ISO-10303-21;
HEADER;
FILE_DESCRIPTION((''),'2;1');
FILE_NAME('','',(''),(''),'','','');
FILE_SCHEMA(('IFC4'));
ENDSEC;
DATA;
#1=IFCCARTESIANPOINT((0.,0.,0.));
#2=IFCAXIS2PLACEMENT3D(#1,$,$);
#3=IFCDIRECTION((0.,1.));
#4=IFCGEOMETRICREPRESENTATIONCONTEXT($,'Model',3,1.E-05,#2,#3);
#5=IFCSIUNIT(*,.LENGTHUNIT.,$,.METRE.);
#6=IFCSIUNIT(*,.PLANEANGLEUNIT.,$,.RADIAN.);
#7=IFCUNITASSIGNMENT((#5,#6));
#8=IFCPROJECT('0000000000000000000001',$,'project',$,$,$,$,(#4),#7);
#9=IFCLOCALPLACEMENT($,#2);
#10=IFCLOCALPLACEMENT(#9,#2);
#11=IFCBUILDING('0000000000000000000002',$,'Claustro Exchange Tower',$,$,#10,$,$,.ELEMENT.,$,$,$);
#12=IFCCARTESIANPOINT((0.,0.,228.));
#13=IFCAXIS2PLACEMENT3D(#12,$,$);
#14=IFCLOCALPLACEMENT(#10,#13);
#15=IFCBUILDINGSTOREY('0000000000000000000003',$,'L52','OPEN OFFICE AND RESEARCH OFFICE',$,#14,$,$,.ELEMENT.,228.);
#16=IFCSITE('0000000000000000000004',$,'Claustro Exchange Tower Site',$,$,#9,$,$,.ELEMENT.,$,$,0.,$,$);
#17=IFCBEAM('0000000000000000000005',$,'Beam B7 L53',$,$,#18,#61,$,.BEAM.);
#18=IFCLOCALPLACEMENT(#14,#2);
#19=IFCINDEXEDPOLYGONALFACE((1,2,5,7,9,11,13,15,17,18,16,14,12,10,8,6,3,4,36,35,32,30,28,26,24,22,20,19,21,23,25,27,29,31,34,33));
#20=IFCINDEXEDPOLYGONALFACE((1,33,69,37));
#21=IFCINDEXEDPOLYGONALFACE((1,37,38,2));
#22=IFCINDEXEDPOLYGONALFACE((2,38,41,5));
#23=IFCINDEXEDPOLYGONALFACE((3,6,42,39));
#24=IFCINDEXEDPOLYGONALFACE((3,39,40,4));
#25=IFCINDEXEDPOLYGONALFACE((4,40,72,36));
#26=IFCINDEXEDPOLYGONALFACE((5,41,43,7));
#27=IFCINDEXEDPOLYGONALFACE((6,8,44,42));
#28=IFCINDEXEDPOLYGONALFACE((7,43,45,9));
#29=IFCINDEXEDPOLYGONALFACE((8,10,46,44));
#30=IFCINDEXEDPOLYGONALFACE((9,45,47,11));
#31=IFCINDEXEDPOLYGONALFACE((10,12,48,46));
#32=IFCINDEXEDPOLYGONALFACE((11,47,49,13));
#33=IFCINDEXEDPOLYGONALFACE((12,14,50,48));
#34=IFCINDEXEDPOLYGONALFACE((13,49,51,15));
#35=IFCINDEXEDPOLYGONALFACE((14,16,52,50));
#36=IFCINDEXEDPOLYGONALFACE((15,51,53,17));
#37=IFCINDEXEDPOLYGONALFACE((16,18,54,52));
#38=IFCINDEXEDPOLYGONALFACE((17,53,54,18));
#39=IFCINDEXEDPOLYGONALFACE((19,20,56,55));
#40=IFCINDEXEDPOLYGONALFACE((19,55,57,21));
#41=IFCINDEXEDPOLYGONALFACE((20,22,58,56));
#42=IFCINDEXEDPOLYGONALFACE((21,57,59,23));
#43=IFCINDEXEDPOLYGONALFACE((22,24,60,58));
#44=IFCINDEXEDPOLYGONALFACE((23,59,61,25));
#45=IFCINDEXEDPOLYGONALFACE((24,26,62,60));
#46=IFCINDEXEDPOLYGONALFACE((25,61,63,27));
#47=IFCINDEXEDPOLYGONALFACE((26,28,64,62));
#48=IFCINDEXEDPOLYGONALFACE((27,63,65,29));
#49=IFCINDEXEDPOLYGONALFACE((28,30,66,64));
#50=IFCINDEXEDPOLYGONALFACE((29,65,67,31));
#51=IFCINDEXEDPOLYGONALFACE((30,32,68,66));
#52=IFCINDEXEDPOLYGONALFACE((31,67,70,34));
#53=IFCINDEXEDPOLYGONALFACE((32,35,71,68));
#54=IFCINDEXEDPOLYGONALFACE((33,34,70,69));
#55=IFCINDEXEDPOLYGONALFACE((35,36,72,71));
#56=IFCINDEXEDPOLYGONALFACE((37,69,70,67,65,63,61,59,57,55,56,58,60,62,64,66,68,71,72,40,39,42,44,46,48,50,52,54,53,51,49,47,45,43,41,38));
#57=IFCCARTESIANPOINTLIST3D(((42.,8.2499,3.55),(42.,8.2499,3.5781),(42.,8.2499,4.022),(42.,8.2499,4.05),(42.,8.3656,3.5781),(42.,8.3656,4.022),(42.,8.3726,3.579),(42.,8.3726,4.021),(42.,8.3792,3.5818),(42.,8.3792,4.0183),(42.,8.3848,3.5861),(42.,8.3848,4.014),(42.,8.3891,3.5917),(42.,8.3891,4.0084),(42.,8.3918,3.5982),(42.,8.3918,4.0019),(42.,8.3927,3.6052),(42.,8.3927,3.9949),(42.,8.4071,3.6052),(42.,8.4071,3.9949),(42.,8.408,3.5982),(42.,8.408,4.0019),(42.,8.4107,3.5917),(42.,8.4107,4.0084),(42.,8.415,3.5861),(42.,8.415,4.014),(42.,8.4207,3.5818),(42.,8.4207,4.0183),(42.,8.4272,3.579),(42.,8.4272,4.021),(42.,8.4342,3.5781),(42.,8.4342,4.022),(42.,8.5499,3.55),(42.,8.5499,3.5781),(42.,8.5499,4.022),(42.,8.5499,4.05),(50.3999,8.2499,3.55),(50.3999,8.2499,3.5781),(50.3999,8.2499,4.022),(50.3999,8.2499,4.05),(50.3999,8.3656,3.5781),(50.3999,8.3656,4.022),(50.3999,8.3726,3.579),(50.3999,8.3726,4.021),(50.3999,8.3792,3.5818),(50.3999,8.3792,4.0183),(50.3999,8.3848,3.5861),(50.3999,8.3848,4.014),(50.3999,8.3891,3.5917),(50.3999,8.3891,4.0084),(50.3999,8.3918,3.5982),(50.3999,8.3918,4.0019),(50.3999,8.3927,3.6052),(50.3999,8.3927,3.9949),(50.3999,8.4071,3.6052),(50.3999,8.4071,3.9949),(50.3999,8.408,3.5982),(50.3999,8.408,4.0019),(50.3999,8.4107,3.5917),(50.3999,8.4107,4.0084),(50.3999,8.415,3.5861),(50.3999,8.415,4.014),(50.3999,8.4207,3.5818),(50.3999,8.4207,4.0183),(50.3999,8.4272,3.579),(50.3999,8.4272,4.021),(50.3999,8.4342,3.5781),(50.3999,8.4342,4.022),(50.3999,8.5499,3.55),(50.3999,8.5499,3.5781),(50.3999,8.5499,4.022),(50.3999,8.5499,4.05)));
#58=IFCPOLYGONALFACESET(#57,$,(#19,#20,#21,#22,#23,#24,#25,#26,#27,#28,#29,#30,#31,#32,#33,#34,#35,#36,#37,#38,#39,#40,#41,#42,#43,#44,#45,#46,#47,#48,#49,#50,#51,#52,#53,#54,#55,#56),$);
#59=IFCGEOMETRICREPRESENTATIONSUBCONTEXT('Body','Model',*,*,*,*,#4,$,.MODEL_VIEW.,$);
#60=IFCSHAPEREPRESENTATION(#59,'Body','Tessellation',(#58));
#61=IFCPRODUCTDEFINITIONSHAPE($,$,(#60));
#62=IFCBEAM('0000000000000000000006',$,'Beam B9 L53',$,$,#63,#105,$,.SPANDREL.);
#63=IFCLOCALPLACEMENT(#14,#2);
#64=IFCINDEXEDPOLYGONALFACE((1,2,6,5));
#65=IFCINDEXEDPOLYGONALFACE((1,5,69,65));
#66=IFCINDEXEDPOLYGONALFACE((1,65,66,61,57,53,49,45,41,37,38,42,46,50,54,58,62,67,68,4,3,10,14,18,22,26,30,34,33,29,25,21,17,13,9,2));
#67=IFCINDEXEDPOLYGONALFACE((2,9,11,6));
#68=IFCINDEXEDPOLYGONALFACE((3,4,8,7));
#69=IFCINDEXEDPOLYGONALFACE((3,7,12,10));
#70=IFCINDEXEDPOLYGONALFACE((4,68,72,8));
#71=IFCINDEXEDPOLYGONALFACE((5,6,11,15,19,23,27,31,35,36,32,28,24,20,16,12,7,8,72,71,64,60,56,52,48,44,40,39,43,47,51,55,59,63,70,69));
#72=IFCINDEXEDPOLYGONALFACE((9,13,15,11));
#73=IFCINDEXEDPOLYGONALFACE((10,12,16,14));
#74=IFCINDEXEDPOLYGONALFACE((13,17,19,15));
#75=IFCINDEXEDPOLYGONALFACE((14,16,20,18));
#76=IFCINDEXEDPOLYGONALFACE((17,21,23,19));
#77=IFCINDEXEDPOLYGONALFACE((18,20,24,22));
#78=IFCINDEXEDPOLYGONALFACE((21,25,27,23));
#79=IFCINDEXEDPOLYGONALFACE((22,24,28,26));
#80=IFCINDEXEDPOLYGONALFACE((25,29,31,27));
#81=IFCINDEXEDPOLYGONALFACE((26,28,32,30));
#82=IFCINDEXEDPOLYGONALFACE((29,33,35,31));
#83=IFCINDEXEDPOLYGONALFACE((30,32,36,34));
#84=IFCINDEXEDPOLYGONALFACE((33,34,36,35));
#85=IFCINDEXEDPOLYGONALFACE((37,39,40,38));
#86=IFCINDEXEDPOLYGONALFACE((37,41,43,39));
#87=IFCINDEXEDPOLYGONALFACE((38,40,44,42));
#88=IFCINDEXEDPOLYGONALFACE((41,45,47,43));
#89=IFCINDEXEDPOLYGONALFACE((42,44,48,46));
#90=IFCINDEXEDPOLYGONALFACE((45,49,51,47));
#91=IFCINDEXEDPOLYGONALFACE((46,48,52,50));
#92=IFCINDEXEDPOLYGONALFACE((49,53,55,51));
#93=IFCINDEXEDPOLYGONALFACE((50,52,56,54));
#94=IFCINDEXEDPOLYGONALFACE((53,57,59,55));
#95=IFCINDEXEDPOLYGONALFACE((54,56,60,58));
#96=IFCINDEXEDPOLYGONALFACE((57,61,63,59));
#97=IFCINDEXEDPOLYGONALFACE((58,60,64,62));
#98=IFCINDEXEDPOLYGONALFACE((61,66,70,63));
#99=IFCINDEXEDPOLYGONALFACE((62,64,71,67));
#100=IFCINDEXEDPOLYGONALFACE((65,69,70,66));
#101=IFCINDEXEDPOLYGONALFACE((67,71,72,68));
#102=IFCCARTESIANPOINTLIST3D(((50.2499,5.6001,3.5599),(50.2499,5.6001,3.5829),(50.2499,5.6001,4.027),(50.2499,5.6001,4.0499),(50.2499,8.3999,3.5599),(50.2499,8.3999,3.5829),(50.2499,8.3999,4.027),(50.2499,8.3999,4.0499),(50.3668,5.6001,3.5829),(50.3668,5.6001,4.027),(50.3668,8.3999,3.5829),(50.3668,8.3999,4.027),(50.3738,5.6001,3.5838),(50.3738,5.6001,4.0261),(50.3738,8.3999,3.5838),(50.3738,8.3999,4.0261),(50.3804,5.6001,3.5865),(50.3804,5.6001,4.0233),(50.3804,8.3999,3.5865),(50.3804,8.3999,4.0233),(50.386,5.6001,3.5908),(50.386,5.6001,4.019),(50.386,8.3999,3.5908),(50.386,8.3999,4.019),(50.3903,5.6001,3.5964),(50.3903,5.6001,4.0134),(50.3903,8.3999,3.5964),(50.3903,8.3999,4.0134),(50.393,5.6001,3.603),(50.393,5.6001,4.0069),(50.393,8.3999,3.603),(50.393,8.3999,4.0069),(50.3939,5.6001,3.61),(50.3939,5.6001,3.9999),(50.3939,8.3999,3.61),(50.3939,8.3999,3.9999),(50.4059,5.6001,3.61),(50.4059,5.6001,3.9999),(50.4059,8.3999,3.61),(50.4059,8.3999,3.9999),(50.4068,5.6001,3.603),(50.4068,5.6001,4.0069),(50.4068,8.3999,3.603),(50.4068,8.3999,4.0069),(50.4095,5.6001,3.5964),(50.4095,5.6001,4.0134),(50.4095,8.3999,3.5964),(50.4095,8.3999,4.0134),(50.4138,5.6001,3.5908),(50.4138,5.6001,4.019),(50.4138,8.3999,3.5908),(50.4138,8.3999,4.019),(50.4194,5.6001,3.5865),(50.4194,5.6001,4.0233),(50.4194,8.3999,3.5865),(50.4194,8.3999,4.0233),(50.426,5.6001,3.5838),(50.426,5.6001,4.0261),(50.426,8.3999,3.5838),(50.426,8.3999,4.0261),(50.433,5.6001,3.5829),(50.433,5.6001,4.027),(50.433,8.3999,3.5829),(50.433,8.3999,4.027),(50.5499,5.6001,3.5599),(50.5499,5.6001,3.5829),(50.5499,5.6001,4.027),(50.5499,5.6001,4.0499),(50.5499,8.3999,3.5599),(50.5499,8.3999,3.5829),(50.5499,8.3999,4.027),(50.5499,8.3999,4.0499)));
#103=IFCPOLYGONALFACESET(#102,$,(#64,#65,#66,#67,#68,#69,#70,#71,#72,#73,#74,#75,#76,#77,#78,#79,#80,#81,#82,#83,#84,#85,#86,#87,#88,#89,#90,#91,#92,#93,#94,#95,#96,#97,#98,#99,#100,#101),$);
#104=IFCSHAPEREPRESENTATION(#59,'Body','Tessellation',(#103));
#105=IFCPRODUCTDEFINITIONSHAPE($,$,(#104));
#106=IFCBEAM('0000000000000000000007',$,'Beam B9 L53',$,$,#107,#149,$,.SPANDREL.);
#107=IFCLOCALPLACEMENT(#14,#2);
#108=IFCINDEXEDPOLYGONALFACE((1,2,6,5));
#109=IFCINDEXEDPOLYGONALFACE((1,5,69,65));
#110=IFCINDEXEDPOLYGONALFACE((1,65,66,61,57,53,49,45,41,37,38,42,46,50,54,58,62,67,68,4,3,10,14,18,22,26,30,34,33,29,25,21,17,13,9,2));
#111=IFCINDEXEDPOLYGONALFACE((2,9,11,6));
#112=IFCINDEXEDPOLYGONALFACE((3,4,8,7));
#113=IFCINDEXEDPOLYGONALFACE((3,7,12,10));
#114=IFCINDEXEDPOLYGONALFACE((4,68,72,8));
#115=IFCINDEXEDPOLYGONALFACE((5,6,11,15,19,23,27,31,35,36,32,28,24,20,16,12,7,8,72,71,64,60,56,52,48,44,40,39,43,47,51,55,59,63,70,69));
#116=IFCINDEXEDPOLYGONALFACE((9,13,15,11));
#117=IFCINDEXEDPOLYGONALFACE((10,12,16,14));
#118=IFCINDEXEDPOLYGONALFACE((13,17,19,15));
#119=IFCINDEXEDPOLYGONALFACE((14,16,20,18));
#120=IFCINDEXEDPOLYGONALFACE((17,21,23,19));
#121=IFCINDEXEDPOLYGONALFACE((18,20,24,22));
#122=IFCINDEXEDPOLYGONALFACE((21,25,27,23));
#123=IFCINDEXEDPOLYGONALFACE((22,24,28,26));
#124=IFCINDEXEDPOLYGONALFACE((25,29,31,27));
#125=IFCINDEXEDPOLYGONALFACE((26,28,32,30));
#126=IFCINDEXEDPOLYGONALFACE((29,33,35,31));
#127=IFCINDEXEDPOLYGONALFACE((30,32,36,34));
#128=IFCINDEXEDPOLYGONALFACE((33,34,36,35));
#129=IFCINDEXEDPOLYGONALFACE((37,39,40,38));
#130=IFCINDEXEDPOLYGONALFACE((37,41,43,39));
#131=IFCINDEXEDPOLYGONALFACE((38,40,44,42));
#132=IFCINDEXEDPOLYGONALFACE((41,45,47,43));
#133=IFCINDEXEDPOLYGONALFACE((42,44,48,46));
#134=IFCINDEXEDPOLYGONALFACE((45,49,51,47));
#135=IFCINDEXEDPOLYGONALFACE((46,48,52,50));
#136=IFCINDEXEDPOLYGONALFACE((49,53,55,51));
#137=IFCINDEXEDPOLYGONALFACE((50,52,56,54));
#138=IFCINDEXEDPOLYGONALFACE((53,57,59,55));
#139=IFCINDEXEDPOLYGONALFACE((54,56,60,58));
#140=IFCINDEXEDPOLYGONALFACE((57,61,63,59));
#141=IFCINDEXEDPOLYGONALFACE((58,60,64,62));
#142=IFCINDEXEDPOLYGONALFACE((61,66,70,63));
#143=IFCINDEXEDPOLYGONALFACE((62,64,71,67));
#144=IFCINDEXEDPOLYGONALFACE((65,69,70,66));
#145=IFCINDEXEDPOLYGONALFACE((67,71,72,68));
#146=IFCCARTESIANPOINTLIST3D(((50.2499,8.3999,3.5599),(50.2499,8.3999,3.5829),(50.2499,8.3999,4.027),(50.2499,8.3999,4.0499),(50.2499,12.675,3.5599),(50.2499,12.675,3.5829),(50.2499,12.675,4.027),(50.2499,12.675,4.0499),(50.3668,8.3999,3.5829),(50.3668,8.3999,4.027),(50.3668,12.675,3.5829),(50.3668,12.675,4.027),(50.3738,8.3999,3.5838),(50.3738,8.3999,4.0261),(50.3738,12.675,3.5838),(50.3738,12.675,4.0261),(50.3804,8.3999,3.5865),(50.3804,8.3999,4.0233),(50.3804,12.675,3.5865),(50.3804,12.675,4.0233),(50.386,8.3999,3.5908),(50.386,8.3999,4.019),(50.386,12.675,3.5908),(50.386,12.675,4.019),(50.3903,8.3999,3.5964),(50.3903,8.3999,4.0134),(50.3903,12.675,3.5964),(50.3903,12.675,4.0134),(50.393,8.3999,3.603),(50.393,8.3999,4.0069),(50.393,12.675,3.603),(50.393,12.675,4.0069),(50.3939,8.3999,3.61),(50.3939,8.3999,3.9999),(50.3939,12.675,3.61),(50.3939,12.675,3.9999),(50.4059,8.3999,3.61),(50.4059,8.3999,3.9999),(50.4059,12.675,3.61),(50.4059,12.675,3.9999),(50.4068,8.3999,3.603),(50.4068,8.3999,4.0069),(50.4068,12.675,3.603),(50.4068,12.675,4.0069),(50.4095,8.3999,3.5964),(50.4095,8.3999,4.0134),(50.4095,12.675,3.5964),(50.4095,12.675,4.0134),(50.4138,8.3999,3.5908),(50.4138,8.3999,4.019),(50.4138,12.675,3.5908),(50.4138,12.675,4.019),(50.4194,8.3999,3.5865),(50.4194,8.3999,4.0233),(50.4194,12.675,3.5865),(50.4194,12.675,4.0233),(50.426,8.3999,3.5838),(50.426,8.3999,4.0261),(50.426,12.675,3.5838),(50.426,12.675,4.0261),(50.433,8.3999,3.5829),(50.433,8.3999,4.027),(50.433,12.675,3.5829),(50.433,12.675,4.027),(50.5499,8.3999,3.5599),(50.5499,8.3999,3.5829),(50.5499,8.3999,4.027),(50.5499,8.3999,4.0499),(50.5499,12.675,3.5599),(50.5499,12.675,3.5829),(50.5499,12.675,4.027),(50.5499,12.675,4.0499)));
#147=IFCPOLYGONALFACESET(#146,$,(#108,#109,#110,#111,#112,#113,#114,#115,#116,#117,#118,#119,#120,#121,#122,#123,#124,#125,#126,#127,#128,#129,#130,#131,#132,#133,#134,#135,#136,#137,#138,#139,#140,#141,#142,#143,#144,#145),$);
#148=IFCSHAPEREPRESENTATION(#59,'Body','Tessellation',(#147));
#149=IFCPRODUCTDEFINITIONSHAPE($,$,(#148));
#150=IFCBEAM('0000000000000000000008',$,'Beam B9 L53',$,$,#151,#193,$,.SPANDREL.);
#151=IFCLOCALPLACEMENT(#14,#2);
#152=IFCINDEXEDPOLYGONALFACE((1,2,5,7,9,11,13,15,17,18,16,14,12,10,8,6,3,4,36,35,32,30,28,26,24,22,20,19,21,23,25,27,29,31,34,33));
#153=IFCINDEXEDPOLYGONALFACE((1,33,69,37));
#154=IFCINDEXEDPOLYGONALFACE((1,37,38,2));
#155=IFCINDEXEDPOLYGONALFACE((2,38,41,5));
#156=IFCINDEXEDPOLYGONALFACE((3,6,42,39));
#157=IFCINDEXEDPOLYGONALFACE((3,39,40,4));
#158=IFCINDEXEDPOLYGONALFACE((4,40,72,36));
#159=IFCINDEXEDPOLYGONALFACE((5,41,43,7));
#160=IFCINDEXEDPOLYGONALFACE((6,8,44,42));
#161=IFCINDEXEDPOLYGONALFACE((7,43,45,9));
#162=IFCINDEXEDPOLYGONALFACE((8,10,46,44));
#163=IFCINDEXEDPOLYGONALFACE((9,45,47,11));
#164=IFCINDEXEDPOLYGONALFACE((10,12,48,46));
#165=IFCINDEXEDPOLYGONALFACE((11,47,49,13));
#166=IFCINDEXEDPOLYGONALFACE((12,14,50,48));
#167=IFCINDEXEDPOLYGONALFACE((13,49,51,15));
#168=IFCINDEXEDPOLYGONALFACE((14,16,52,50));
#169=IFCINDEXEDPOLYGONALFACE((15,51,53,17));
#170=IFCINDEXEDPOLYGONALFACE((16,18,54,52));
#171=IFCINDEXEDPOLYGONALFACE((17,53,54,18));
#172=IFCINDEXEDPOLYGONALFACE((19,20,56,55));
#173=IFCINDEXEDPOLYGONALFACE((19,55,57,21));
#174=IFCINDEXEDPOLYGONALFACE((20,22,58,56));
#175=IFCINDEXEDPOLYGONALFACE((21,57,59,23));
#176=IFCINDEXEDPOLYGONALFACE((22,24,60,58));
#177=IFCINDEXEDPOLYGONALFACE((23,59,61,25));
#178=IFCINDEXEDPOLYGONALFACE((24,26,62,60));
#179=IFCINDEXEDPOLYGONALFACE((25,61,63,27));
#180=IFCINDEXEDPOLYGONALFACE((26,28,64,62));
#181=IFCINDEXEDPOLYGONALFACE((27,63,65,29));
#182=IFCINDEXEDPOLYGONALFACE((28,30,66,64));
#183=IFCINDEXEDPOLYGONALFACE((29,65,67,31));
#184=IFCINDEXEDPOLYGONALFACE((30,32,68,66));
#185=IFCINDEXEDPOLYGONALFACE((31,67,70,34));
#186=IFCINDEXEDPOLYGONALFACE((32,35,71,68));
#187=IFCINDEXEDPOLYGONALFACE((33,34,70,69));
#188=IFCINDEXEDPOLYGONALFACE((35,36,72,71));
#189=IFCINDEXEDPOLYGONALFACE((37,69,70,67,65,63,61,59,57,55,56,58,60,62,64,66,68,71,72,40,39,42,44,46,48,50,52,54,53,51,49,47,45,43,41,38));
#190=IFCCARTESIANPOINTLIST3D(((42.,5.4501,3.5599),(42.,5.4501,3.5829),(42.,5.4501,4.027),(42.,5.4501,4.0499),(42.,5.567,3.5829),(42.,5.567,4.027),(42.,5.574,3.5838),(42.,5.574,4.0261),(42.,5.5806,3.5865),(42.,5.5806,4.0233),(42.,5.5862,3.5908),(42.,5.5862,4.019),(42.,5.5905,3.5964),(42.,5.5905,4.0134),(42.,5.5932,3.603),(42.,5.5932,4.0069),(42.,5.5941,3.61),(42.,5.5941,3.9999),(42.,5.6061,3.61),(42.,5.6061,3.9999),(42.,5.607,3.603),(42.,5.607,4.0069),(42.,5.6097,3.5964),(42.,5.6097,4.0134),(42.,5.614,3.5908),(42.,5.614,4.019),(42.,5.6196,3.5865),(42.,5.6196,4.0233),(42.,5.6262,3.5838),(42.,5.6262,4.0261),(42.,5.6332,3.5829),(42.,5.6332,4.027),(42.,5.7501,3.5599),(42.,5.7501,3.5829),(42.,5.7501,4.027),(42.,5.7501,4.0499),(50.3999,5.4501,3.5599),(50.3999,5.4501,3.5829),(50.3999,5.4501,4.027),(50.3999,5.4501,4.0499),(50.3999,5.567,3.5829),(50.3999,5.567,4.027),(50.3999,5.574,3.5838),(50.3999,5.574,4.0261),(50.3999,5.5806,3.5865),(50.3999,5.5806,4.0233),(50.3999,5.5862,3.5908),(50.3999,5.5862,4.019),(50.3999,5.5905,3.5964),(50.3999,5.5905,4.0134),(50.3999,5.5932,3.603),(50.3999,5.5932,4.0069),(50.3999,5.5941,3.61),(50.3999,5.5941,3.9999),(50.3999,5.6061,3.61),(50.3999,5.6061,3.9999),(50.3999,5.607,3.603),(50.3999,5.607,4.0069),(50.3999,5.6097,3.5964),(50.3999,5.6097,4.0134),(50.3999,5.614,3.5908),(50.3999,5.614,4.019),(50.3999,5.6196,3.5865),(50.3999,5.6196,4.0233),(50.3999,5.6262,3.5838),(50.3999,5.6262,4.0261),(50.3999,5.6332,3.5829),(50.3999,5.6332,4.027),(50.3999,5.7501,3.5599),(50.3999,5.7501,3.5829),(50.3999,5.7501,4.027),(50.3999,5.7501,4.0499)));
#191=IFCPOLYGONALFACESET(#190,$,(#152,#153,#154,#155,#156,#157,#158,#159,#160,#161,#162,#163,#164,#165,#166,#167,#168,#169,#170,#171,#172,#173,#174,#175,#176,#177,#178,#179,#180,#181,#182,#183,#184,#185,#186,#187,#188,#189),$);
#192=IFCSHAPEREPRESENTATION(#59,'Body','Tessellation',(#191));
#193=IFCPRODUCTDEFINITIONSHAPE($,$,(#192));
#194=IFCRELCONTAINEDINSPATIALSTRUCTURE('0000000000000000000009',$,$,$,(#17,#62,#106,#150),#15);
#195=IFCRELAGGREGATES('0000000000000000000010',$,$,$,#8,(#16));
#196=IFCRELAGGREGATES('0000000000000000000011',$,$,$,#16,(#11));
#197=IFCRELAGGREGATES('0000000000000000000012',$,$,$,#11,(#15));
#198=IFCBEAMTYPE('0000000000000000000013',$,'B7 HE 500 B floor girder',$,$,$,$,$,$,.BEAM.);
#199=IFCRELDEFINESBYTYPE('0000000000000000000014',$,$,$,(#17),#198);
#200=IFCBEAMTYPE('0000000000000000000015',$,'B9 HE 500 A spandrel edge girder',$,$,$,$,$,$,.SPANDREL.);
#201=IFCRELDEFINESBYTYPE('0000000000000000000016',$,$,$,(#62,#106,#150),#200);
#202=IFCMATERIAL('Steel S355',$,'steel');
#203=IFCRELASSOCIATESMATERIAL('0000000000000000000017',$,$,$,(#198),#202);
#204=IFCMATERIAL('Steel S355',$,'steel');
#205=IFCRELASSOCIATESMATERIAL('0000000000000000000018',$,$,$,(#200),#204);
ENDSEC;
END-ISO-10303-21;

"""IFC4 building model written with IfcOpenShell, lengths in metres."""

from ifc_helpers import new_model, si_unit, direction, frame, origin, origin_2d, place, context, subcontext, project, spatial, i_section, extrude, material, material_profile, profile_set, type_object, element, save


model = new_model("IFC4")

# Units and contexts
model_context = context("Model", 3, precision=1e-05, world=origin(), true_north=direction((0.0, 1.0)))
body_context = subcontext(model_context, "Body", "Model", "MODEL_VIEW")
ifc_project = project(units=[si_unit("LENGTHUNIT", "METRE"), si_unit("PLANEANGLEUNIT", "RADIAN")], contexts=[model_context])

# Site, building, storey
site_placement = place(None, origin())
site = spatial("IfcSite", under=ifc_project, at=site_placement, Name="Claustro Exchange Tower Site", CompositionType="ELEMENT", RefElevation=0.0)
building_placement = place(site_placement, origin())
building = spatial("IfcBuilding", under=site, at=building_placement, Name="Claustro Exchange Tower", CompositionType="ELEMENT")
storey_placement = place(building_placement, frame((0.0, 0.0, 228.0)))
storey = spatial("IfcBuildingStorey", under=building, at=storey_placement, Name="L52", Description="OPEN OFFICE AND RESEARCH OFFICE", CompositionType="ELEMENT", Elevation=228.0)

# Beams
ifc_material_1 = material(Name="Steel S355", Category="steel")
ifc_material_profile_1 = material_profile(ifc_material_1, i_section(OverallWidth=0.3, OverallDepth=0.5, WebThickness=0.0144, FlangeThickness=0.0281, FilletRadius=0.0271, at=origin_2d()), Name="HE 500 B")
ifc_profile_set_1 = profile_set([ifc_material_profile_1], Name="Steel S355")
beam_type_1 = type_object("IfcBeamType", Name="B7 HE 500 B floor girder", PredefinedType="BEAM", material=ifc_profile_set_1)
beam_1_placement = place(storey_placement, frame((42.0, 8.3999, 3.8), z_axis=(1.0, 0.0, 0.0), x_axis=(0.0, 1.0, 0.0)))
element("IfcBeam", 1, at=beam_1_placement, inside=storey, type_object=beam_type_1, Name="Beam B7 L53", PredefinedType="BEAM", context=body_context, shape_type="SweptSolid", body=[
    extrude(i_section(OverallWidth=0.3, OverallDepth=0.5, WebThickness=0.0144, FlangeThickness=0.0281, FilletRadius=0.0271, at=origin_2d()), origin(), (0.0, 0.0, 1.0), 8.3999),
])
ifc_material_2 = material(Name="Steel S355", Category="steel")
ifc_material_profile_2 = material_profile(ifc_material_2, i_section(OverallWidth=0.3, OverallDepth=0.49, WebThickness=0.012, FlangeThickness=0.0229, FilletRadius=0.0271, at=origin_2d()), Name="HE 500 A")
ifc_profile_set_2 = profile_set([ifc_material_profile_2], Name="Steel S355")
beam_type_2 = type_object("IfcBeamType", Name="B9 HE 500 A spandrel edge girder", PredefinedType="SPANDREL", material=ifc_profile_set_2)
beam_2_placement = place(storey_placement, frame((50.3999, 5.6001, 3.8049), z_axis=(0.0, 1.0, 0.0), x_axis=(-1.0, 0.0, 0.0)))
element("IfcBeam", 2, at=beam_2_placement, inside=storey, type_object=beam_type_2, Name="Beam B9 L53", PredefinedType="SPANDREL", context=body_context, shape_type="SweptSolid", body=[
    extrude(i_section(OverallWidth=0.3, OverallDepth=0.49, WebThickness=0.012, FlangeThickness=0.0229, FilletRadius=0.0271, at=origin_2d()), origin(), (0.0, 0.0, 1.0), 2.7998),
])
beam_3_placement = place(storey_placement, frame((50.3999, 8.3999, 3.8049), z_axis=(0.0, 1.0, 0.0), x_axis=(-1.0, 0.0, 0.0)))
element("IfcBeam", 3, at=beam_3_placement, inside=storey, type_object=beam_type_2, Name="Beam B9 L53", PredefinedType="SPANDREL", context=body_context, shape_type="SweptSolid", body=[
    extrude(i_section(OverallWidth=0.3, OverallDepth=0.49, WebThickness=0.012, FlangeThickness=0.0229, FilletRadius=0.0271, at=origin_2d()), origin(), (0.0, 0.0, 1.0), 4.2751),
])
beam_4_placement = place(storey_placement, frame((42.0, 5.6001, 3.8049), z_axis=(1.0, 0.0, 0.0), x_axis=(0.0, 1.0, 0.0)))
element("IfcBeam", 4, at=beam_4_placement, inside=storey, type_object=beam_type_2, Name="Beam B9 L53", PredefinedType="SPANDREL", context=body_context, shape_type="SweptSolid", body=[
    extrude(i_section(OverallWidth=0.3, OverallDepth=0.49, WebThickness=0.012, FlangeThickness=0.0229, FilletRadius=0.0271, at=origin_2d()), origin(), (0.0, 0.0, 1.0), 8.3999),
])

save(model, "model.ifc")
